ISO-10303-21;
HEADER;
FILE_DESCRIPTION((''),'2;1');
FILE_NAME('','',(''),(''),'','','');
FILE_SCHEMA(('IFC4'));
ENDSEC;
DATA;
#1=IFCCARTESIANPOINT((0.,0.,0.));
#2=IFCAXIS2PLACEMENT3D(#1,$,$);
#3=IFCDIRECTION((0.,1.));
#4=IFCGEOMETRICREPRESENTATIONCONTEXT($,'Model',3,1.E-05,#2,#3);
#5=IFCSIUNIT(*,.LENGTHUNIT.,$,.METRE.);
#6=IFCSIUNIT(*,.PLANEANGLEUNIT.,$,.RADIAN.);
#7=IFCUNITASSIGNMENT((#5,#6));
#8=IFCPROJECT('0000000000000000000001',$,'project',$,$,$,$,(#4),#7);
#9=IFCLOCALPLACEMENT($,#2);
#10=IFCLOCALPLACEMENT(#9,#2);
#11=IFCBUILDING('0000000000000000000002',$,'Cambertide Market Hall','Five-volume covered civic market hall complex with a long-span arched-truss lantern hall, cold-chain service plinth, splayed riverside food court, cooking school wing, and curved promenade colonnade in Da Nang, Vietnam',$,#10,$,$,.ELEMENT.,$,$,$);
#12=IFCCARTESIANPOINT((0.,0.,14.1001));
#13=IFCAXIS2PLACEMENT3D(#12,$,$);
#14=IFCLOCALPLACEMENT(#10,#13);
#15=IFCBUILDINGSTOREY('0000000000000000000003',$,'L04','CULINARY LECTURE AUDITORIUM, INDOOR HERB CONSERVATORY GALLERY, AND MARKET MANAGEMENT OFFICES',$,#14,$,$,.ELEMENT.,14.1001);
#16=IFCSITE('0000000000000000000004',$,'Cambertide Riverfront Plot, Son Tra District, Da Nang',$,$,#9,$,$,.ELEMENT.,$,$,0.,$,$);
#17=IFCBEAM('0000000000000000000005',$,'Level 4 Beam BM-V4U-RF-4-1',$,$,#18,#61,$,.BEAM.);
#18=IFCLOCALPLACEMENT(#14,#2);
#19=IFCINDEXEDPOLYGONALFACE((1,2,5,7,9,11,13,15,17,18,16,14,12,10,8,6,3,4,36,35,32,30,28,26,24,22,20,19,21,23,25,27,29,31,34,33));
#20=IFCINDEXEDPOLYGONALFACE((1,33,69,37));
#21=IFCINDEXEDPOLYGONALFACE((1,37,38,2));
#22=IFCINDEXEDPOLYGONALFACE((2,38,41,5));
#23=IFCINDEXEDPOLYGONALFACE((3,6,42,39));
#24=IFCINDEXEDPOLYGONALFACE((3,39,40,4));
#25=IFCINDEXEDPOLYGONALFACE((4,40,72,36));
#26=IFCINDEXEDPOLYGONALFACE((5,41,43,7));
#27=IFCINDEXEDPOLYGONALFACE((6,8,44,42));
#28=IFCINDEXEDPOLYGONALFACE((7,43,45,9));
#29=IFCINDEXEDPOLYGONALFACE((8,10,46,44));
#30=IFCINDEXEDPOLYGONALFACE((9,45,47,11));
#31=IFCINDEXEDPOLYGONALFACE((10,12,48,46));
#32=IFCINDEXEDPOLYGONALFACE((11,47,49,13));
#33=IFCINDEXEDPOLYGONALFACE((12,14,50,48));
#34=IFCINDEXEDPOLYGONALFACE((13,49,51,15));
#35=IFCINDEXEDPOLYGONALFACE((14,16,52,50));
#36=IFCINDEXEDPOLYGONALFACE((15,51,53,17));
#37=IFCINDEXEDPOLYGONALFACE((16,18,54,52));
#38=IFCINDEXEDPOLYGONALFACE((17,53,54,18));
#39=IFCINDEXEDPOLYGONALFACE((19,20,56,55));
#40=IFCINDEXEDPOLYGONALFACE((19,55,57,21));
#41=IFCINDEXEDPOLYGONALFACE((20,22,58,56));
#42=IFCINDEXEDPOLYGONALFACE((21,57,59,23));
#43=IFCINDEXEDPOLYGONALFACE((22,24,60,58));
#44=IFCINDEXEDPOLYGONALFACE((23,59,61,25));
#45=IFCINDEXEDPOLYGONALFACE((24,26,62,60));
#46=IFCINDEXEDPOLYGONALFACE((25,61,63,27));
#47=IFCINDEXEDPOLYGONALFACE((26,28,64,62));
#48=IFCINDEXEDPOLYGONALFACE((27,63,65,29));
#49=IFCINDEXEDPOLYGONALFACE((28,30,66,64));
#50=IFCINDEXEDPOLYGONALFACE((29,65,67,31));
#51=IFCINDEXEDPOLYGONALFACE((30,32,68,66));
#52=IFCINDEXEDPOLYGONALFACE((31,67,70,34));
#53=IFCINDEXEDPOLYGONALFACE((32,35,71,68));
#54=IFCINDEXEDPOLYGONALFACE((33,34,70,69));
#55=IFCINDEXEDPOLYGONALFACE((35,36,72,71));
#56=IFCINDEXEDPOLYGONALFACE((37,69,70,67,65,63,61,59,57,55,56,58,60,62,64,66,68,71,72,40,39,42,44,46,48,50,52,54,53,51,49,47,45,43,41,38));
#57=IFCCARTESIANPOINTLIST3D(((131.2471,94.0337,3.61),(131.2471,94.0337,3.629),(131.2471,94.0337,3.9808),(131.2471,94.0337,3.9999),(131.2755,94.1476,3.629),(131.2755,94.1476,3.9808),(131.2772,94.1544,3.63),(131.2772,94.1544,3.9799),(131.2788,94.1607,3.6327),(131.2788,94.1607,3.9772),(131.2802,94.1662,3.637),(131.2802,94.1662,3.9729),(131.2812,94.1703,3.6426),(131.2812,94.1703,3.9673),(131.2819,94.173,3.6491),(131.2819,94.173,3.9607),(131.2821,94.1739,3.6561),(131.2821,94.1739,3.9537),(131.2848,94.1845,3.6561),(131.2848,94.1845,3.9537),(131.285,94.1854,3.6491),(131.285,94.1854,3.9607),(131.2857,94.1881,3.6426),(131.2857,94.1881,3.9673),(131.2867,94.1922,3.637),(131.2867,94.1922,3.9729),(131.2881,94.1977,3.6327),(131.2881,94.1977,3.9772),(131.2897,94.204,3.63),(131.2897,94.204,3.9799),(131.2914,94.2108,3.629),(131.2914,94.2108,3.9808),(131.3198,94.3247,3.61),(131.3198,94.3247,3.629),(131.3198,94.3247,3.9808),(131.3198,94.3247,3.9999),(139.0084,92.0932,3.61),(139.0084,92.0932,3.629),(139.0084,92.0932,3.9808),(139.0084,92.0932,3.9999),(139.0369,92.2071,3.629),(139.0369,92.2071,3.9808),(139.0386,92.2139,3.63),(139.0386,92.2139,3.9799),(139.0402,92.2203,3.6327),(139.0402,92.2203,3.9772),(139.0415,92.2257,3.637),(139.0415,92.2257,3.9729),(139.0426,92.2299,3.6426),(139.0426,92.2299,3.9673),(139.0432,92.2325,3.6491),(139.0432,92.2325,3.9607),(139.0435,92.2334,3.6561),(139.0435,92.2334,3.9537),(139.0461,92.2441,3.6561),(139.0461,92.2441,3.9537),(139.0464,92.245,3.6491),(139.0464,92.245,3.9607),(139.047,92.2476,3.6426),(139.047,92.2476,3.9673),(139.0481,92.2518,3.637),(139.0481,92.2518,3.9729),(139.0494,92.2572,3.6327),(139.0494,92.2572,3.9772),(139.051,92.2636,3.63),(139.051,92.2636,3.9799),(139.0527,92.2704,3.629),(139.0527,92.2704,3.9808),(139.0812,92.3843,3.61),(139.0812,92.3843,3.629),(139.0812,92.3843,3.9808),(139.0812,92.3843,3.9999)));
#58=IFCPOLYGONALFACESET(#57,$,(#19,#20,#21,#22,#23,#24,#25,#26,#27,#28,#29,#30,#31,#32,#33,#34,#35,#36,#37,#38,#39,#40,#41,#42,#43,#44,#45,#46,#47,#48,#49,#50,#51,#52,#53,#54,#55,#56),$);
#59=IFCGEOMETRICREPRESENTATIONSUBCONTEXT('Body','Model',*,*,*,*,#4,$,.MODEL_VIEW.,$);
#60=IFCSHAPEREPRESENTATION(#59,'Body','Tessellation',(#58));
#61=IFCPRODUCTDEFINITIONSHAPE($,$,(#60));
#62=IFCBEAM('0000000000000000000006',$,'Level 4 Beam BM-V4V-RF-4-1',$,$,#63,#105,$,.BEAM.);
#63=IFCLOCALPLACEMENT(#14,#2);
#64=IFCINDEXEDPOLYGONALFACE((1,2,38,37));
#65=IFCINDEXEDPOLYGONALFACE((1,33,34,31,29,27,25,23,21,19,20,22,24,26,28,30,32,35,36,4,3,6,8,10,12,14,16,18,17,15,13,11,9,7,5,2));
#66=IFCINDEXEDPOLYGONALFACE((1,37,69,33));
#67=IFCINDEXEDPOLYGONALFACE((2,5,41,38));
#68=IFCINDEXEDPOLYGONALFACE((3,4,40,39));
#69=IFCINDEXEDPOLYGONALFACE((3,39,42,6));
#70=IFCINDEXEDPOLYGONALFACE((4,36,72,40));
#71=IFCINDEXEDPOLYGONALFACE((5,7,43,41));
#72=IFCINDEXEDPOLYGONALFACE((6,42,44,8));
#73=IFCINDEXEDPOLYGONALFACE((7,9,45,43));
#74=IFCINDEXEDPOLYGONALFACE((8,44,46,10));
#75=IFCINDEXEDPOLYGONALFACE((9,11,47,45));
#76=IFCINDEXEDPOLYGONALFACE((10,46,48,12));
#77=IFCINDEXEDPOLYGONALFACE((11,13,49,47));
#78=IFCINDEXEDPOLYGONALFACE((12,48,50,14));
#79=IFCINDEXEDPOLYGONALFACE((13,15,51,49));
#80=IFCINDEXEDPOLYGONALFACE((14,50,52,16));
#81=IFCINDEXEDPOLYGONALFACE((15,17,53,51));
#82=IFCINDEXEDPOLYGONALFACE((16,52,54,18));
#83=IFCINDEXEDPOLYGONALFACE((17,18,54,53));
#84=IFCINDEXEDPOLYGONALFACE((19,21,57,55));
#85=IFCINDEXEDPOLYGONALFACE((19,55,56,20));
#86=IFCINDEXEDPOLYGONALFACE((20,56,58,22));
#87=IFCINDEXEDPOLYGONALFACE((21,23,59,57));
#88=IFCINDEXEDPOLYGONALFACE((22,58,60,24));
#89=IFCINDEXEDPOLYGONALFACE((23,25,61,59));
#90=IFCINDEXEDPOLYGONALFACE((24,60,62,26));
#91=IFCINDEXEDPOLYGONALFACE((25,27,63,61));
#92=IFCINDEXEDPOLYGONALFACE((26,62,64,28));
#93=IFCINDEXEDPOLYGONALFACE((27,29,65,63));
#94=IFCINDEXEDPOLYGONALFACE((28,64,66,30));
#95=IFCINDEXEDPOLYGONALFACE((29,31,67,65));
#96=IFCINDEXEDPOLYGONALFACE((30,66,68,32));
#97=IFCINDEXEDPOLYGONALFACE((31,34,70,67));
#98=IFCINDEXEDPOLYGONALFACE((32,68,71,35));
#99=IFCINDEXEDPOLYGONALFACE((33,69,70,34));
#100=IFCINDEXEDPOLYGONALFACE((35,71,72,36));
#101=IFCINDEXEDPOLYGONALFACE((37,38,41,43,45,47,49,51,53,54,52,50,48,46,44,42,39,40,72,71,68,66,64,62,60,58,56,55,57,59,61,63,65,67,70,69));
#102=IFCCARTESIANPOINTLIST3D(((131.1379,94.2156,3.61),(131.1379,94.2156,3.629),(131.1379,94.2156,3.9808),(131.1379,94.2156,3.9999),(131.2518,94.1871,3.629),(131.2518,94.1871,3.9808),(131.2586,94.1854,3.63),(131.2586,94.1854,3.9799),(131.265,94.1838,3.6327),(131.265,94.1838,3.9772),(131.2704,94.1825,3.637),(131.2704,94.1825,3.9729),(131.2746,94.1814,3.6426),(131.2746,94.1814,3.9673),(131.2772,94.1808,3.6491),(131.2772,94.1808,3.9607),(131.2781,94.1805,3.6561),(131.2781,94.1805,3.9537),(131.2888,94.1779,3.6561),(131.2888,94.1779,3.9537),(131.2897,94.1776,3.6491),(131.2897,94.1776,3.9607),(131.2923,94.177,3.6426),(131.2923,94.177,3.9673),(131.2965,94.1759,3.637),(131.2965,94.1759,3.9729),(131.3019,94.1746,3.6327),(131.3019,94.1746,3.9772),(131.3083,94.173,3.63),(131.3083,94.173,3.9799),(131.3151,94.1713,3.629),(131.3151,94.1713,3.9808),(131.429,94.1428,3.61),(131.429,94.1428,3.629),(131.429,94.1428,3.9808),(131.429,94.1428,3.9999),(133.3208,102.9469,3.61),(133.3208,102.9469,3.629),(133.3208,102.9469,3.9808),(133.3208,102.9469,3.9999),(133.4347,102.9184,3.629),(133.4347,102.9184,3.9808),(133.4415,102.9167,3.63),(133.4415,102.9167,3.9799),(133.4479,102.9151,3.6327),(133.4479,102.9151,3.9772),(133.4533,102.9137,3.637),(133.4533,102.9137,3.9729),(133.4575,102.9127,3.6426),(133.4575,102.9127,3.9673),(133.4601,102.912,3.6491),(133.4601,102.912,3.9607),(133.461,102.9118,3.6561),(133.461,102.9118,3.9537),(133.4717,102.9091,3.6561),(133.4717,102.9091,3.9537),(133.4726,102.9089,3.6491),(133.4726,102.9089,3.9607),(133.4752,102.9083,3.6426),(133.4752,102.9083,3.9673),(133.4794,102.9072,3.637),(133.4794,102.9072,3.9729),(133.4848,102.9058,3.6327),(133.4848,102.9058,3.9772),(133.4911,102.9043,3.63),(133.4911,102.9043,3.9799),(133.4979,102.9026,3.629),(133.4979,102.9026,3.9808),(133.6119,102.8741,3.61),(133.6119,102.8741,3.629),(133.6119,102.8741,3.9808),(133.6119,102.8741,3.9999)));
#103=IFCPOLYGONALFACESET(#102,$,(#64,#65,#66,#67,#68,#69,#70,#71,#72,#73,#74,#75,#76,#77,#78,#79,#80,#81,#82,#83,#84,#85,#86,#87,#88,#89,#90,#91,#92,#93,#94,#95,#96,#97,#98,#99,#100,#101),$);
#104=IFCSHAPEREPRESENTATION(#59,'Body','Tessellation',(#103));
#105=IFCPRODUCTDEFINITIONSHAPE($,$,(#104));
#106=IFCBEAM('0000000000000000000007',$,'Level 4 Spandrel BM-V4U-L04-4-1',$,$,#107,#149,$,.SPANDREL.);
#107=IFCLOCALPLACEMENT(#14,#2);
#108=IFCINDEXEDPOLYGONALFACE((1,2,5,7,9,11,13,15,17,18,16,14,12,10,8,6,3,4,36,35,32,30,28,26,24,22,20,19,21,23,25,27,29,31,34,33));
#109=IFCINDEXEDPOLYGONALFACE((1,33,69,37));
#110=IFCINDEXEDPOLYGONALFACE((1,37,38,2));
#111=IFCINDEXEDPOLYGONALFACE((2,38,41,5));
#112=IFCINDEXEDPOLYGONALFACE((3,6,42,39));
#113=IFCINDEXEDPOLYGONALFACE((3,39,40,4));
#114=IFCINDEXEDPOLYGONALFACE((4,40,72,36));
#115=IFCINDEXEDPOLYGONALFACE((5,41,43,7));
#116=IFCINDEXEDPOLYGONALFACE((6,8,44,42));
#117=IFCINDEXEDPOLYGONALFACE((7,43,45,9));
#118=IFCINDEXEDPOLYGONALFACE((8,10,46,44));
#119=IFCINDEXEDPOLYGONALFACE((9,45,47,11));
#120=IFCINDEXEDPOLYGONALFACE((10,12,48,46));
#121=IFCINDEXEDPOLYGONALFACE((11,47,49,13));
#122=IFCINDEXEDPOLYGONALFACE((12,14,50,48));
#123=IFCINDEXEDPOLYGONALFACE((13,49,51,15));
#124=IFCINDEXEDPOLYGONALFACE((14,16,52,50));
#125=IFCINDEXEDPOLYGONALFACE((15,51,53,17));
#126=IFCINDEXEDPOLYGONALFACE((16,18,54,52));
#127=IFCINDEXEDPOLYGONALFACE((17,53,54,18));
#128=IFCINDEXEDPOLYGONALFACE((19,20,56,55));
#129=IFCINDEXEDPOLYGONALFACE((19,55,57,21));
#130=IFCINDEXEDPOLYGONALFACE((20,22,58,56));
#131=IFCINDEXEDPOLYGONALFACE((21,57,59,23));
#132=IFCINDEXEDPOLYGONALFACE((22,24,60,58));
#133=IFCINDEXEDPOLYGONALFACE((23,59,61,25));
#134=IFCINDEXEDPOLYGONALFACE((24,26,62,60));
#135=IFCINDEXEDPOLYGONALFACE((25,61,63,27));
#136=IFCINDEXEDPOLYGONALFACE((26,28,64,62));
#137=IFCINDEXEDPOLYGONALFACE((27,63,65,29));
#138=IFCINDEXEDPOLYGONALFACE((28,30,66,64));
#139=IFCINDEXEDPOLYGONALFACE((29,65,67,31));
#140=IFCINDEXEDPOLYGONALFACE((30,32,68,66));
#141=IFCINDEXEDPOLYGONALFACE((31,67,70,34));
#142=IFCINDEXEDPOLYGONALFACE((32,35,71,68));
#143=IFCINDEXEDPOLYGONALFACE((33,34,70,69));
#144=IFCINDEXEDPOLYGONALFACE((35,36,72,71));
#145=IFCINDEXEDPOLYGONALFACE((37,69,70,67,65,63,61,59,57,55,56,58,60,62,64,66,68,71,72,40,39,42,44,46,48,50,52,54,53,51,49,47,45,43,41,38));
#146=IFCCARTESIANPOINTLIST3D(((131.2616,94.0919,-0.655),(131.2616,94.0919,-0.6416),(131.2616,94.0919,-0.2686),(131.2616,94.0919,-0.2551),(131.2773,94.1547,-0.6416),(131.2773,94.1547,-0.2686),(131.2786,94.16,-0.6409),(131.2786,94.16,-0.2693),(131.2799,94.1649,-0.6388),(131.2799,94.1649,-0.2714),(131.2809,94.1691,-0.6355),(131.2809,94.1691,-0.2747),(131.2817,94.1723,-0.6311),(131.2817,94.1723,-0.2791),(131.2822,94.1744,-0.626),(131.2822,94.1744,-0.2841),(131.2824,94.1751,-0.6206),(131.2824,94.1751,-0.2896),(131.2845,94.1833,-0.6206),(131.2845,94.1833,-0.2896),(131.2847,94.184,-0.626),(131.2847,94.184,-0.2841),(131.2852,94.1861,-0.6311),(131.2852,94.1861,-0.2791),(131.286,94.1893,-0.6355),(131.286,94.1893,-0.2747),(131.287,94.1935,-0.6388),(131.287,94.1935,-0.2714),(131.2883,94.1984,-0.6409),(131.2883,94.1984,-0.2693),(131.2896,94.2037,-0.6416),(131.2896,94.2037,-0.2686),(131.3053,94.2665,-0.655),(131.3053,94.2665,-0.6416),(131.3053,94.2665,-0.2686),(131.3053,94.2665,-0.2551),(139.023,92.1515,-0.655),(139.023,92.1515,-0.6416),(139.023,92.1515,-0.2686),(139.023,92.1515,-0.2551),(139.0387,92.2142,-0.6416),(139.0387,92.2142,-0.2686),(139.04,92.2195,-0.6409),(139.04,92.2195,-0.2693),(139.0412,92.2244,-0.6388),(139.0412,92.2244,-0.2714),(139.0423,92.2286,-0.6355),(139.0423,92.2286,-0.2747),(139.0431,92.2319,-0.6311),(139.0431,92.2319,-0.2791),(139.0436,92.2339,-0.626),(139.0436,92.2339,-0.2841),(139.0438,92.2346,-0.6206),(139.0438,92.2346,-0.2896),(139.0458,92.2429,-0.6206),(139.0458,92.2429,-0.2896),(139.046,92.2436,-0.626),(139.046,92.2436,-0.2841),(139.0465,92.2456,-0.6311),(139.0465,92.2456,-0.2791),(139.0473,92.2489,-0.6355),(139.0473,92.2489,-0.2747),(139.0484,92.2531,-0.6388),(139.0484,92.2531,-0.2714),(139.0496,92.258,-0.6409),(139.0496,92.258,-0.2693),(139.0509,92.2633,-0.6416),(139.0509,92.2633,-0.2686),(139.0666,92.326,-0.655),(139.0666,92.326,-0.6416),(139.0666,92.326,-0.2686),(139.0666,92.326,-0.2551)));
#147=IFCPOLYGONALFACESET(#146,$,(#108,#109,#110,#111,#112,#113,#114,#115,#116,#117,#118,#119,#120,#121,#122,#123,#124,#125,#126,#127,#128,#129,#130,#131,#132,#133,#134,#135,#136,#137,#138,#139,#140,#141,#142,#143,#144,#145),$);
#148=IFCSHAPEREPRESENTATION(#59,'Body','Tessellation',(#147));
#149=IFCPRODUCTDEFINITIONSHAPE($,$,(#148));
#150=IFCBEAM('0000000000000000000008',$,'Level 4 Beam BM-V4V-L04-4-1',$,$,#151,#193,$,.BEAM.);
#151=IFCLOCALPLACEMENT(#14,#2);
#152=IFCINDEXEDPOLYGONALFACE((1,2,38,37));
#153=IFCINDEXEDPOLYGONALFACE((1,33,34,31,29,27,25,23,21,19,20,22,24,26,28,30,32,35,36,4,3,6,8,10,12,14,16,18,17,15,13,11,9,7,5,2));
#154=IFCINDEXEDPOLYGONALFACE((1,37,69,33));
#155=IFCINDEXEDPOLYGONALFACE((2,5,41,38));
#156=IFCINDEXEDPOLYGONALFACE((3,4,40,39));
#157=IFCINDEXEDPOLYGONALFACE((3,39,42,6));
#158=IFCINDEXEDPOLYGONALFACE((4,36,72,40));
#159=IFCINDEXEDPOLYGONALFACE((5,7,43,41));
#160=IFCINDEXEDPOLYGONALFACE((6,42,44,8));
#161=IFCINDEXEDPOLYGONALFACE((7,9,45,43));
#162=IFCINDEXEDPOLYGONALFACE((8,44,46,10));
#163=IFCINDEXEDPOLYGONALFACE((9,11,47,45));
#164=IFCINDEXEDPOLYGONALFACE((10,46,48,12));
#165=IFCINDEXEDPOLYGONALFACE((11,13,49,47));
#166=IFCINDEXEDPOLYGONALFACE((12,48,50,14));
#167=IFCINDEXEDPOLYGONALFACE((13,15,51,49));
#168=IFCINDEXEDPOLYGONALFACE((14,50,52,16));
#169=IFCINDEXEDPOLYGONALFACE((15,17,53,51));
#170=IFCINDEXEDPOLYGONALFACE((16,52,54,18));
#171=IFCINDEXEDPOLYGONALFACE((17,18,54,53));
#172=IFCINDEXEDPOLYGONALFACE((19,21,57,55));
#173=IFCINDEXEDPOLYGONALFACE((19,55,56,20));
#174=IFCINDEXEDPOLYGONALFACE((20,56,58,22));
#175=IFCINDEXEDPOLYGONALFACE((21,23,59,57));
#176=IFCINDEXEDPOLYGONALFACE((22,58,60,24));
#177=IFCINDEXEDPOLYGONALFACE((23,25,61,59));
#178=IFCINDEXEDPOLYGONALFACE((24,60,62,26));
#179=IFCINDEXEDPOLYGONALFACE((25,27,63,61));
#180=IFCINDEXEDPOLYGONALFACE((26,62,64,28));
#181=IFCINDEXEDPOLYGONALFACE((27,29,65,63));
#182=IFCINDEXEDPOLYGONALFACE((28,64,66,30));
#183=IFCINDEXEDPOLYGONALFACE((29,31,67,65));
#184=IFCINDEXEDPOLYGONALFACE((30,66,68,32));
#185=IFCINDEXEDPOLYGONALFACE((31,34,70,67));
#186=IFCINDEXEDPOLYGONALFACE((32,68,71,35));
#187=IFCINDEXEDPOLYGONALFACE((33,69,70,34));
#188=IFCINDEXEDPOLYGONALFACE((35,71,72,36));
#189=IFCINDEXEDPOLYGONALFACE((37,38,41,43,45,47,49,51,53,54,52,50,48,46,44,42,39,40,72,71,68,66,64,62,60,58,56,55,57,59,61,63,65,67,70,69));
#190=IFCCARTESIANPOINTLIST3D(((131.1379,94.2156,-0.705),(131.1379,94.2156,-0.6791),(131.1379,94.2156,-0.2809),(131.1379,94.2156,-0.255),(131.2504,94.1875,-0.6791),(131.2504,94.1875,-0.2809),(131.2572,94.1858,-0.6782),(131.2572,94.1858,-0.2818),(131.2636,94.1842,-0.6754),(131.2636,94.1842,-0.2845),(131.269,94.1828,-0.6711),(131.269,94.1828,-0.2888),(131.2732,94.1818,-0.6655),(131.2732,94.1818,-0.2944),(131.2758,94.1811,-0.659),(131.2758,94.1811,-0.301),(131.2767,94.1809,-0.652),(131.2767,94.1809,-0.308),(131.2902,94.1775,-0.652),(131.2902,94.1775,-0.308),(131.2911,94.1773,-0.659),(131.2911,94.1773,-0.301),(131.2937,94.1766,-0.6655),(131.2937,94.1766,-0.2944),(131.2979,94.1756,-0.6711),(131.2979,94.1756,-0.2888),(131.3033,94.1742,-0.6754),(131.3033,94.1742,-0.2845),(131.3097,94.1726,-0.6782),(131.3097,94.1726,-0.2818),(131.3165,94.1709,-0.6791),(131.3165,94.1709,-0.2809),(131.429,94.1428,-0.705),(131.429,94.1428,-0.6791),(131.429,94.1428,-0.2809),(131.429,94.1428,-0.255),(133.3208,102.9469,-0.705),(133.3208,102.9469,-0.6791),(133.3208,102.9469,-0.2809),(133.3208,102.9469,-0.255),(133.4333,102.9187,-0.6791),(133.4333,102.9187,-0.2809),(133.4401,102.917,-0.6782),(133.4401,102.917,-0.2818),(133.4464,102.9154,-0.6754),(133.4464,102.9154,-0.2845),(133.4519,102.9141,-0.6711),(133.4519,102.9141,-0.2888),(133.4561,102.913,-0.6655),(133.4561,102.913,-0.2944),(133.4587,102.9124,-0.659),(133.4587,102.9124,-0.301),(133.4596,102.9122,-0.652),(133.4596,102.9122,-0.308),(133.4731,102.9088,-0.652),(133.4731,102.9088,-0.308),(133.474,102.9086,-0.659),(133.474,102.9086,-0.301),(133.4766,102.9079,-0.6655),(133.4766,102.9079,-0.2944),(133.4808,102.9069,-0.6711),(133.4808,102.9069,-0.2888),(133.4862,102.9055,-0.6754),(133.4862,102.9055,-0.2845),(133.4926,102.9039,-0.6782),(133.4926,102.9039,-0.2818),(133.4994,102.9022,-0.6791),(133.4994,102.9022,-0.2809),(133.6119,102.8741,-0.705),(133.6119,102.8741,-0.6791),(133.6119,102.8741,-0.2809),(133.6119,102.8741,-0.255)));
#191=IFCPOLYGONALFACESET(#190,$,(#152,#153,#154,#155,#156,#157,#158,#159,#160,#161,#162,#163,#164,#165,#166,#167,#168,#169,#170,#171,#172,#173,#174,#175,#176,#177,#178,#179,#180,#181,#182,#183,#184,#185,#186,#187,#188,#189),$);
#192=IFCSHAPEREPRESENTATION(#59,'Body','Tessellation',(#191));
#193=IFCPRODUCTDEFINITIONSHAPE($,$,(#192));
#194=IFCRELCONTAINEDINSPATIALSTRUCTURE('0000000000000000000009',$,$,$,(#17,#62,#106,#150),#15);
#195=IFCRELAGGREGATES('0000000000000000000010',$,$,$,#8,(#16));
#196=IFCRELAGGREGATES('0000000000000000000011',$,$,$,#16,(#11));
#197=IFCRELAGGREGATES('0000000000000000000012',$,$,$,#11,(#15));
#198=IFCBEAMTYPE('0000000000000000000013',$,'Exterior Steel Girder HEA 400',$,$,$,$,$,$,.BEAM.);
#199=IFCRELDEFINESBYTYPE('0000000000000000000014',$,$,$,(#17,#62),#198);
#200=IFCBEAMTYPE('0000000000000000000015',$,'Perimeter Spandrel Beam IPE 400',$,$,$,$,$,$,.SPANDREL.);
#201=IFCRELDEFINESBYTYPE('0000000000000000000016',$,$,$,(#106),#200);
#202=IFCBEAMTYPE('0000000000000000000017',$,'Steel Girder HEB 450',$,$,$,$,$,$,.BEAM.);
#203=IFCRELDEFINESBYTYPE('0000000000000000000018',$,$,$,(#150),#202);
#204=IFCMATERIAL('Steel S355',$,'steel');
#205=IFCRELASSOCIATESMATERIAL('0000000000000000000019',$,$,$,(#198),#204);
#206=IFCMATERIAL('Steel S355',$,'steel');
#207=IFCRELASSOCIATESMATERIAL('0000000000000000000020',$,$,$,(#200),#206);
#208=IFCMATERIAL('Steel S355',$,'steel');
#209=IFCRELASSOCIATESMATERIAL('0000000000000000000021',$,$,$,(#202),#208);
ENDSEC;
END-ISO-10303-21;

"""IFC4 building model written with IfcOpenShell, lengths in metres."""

from ifc_helpers import new_model, si_unit, direction, frame, origin, origin_2d, place, context, subcontext, project, spatial, i_section, extrude, material, material_profile, profile_set, type_object, element, save


model = new_model("IFC4")

# Units and contexts
model_context = context("Model", 3, precision=1e-05, world=origin(), true_north=direction((0.0, 1.0)))
body_context = subcontext(model_context, "Body", "Model", "MODEL_VIEW")
ifc_project = project(units=[si_unit("LENGTHUNIT", "METRE"), si_unit("PLANEANGLEUNIT", "RADIAN")], contexts=[model_context])

# Site, building, storey
site_placement = place(None, origin())
site = spatial("IfcSite", under=ifc_project, at=site_placement, Name="Cambertide Riverfront Plot, Son Tra District, Da Nang", CompositionType="ELEMENT", RefElevation=0.0)
building_placement = place(site_placement, origin())
building = spatial("IfcBuilding", under=site, at=building_placement, Name="Cambertide Market Hall", Description="Five-volume covered civic market hall complex with a long-span arched-truss lantern hall, cold-chain service plinth, splayed riverside food court, cooking school wing, and curved promenade colonnade in Da Nang, Vietnam", CompositionType="ELEMENT")
storey_placement = place(building_placement, frame((0.0, 0.0, 14.1001)))
storey = spatial("IfcBuildingStorey", under=building, at=storey_placement, Name="L04", Description="CULINARY LECTURE AUDITORIUM, INDOOR HERB CONSERVATORY GALLERY, AND MARKET MANAGEMENT OFFICES", CompositionType="ELEMENT", Elevation=14.1001)

# Beams
ifc_material_1 = material(Name="Steel S355", Category="steel")
ifc_material_profile_1 = material_profile(ifc_material_1, i_section(OverallWidth=0.3, OverallDepth=0.3899, WebThickness=0.011, FlangeThickness=0.019, FilletRadius=0.0271, at=origin_2d()), Name="HEA 400")
ifc_profile_set_1 = profile_set([ifc_material_profile_1], Name="Steel S355")
beam_type_1 = type_object("IfcBeamType", Name="Exterior Steel Girder HEA 400", PredefinedType="BEAM", material=ifc_profile_set_1)
beam_1_placement = place(storey_placement, frame((131.2834, 94.1792, 3.8049), z_axis=(0.970139, -0.24255, 0.0), x_axis=(0.24255, 0.970139, 0.0)))
element("IfcBeam", 1, at=beam_1_placement, inside=storey, type_object=beam_type_1, Name="Level 4 Beam BM-V4U-RF-4-1", PredefinedType="BEAM", context=body_context, shape_type="SweptSolid", body=[
    extrude(i_section(OverallWidth=0.3, OverallDepth=0.3899, WebThickness=0.011, FlangeThickness=0.019, FilletRadius=0.0271, at=origin_2d()), origin(), (0.0, 0.0, 1.0), 8.0002),
])
beam_2_placement = place(storey_placement, frame((131.2834, 94.1792, 3.8049), z_axis=(0.242542, 0.970141, 0.0), x_axis=(-0.970141, 0.242542, 0.0)))
element("IfcBeam", 2, at=beam_2_placement, inside=storey, type_object=beam_type_1, Name="Level 4 Beam BM-V4V-RF-4-1", PredefinedType="BEAM", context=body_context, shape_type="SweptSolid", body=[
    extrude(i_section(OverallWidth=0.3, OverallDepth=0.3899, WebThickness=0.011, FlangeThickness=0.019, FilletRadius=0.0271, at=origin_2d()), origin(), (0.0, 0.0, 1.0), 9.0),
])
ifc_material_2 = material(Name="Steel S355", Category="steel")
ifc_material_profile_2 = material_profile(ifc_material_2, i_section(OverallWidth=0.1799, OverallDepth=0.3999, WebThickness=0.0085, FlangeThickness=0.0134, FilletRadius=0.021, at=origin_2d()), Name="IPE 400")
ifc_profile_set_2 = profile_set([ifc_material_profile_2], Name="Steel S355")
beam_type_2 = type_object("IfcBeamType", Name="Perimeter Spandrel Beam IPE 400", PredefinedType="SPANDREL", material=ifc_profile_set_2)
beam_3_placement = place(storey_placement, frame((131.2834, 94.1792, -0.4551), z_axis=(0.970139, -0.24255, 0.0), x_axis=(0.24255, 0.970139, 0.0)))
element("IfcBeam", 3, at=beam_3_placement, inside=storey, type_object=beam_type_2, Name="Level 4 Spandrel BM-V4U-L04-4-1", PredefinedType="SPANDREL", context=body_context, shape_type="SweptSolid", body=[
    extrude(i_section(OverallWidth=0.1799, OverallDepth=0.3999, WebThickness=0.0085, FlangeThickness=0.0134, FilletRadius=0.021, at=origin_2d()), origin(), (0.0, 0.0, 1.0), 8.0002),
])
ifc_material_3 = material(Name="Steel S355", Category="steel")
ifc_material_profile_3 = material_profile(ifc_material_3, i_section(OverallWidth=0.3, OverallDepth=0.45, WebThickness=0.0139, FlangeThickness=0.0259, FilletRadius=0.0271, at=origin_2d()), Name="HEB 450")
ifc_profile_set_3 = profile_set([ifc_material_profile_3], Name="Steel S355")
beam_type_3 = type_object("IfcBeamType", Name="Steel Girder HEB 450", PredefinedType="BEAM", material=ifc_profile_set_3)
beam_4_placement = place(storey_placement, frame((131.2834, 94.1792, -0.48), z_axis=(0.242542, 0.970141, 0.0), x_axis=(-0.970141, 0.242542, 0.0)))
element("IfcBeam", 4, at=beam_4_placement, inside=storey, type_object=beam_type_3, Name="Level 4 Beam BM-V4V-L04-4-1", PredefinedType="BEAM", context=body_context, shape_type="SweptSolid", body=[
    extrude(i_section(OverallWidth=0.3, OverallDepth=0.45, WebThickness=0.0139, FlangeThickness=0.0259, FilletRadius=0.0271, at=origin_2d()), origin(), (0.0, 0.0, 1.0), 9.0),
])

save(model, "model.ifc")
